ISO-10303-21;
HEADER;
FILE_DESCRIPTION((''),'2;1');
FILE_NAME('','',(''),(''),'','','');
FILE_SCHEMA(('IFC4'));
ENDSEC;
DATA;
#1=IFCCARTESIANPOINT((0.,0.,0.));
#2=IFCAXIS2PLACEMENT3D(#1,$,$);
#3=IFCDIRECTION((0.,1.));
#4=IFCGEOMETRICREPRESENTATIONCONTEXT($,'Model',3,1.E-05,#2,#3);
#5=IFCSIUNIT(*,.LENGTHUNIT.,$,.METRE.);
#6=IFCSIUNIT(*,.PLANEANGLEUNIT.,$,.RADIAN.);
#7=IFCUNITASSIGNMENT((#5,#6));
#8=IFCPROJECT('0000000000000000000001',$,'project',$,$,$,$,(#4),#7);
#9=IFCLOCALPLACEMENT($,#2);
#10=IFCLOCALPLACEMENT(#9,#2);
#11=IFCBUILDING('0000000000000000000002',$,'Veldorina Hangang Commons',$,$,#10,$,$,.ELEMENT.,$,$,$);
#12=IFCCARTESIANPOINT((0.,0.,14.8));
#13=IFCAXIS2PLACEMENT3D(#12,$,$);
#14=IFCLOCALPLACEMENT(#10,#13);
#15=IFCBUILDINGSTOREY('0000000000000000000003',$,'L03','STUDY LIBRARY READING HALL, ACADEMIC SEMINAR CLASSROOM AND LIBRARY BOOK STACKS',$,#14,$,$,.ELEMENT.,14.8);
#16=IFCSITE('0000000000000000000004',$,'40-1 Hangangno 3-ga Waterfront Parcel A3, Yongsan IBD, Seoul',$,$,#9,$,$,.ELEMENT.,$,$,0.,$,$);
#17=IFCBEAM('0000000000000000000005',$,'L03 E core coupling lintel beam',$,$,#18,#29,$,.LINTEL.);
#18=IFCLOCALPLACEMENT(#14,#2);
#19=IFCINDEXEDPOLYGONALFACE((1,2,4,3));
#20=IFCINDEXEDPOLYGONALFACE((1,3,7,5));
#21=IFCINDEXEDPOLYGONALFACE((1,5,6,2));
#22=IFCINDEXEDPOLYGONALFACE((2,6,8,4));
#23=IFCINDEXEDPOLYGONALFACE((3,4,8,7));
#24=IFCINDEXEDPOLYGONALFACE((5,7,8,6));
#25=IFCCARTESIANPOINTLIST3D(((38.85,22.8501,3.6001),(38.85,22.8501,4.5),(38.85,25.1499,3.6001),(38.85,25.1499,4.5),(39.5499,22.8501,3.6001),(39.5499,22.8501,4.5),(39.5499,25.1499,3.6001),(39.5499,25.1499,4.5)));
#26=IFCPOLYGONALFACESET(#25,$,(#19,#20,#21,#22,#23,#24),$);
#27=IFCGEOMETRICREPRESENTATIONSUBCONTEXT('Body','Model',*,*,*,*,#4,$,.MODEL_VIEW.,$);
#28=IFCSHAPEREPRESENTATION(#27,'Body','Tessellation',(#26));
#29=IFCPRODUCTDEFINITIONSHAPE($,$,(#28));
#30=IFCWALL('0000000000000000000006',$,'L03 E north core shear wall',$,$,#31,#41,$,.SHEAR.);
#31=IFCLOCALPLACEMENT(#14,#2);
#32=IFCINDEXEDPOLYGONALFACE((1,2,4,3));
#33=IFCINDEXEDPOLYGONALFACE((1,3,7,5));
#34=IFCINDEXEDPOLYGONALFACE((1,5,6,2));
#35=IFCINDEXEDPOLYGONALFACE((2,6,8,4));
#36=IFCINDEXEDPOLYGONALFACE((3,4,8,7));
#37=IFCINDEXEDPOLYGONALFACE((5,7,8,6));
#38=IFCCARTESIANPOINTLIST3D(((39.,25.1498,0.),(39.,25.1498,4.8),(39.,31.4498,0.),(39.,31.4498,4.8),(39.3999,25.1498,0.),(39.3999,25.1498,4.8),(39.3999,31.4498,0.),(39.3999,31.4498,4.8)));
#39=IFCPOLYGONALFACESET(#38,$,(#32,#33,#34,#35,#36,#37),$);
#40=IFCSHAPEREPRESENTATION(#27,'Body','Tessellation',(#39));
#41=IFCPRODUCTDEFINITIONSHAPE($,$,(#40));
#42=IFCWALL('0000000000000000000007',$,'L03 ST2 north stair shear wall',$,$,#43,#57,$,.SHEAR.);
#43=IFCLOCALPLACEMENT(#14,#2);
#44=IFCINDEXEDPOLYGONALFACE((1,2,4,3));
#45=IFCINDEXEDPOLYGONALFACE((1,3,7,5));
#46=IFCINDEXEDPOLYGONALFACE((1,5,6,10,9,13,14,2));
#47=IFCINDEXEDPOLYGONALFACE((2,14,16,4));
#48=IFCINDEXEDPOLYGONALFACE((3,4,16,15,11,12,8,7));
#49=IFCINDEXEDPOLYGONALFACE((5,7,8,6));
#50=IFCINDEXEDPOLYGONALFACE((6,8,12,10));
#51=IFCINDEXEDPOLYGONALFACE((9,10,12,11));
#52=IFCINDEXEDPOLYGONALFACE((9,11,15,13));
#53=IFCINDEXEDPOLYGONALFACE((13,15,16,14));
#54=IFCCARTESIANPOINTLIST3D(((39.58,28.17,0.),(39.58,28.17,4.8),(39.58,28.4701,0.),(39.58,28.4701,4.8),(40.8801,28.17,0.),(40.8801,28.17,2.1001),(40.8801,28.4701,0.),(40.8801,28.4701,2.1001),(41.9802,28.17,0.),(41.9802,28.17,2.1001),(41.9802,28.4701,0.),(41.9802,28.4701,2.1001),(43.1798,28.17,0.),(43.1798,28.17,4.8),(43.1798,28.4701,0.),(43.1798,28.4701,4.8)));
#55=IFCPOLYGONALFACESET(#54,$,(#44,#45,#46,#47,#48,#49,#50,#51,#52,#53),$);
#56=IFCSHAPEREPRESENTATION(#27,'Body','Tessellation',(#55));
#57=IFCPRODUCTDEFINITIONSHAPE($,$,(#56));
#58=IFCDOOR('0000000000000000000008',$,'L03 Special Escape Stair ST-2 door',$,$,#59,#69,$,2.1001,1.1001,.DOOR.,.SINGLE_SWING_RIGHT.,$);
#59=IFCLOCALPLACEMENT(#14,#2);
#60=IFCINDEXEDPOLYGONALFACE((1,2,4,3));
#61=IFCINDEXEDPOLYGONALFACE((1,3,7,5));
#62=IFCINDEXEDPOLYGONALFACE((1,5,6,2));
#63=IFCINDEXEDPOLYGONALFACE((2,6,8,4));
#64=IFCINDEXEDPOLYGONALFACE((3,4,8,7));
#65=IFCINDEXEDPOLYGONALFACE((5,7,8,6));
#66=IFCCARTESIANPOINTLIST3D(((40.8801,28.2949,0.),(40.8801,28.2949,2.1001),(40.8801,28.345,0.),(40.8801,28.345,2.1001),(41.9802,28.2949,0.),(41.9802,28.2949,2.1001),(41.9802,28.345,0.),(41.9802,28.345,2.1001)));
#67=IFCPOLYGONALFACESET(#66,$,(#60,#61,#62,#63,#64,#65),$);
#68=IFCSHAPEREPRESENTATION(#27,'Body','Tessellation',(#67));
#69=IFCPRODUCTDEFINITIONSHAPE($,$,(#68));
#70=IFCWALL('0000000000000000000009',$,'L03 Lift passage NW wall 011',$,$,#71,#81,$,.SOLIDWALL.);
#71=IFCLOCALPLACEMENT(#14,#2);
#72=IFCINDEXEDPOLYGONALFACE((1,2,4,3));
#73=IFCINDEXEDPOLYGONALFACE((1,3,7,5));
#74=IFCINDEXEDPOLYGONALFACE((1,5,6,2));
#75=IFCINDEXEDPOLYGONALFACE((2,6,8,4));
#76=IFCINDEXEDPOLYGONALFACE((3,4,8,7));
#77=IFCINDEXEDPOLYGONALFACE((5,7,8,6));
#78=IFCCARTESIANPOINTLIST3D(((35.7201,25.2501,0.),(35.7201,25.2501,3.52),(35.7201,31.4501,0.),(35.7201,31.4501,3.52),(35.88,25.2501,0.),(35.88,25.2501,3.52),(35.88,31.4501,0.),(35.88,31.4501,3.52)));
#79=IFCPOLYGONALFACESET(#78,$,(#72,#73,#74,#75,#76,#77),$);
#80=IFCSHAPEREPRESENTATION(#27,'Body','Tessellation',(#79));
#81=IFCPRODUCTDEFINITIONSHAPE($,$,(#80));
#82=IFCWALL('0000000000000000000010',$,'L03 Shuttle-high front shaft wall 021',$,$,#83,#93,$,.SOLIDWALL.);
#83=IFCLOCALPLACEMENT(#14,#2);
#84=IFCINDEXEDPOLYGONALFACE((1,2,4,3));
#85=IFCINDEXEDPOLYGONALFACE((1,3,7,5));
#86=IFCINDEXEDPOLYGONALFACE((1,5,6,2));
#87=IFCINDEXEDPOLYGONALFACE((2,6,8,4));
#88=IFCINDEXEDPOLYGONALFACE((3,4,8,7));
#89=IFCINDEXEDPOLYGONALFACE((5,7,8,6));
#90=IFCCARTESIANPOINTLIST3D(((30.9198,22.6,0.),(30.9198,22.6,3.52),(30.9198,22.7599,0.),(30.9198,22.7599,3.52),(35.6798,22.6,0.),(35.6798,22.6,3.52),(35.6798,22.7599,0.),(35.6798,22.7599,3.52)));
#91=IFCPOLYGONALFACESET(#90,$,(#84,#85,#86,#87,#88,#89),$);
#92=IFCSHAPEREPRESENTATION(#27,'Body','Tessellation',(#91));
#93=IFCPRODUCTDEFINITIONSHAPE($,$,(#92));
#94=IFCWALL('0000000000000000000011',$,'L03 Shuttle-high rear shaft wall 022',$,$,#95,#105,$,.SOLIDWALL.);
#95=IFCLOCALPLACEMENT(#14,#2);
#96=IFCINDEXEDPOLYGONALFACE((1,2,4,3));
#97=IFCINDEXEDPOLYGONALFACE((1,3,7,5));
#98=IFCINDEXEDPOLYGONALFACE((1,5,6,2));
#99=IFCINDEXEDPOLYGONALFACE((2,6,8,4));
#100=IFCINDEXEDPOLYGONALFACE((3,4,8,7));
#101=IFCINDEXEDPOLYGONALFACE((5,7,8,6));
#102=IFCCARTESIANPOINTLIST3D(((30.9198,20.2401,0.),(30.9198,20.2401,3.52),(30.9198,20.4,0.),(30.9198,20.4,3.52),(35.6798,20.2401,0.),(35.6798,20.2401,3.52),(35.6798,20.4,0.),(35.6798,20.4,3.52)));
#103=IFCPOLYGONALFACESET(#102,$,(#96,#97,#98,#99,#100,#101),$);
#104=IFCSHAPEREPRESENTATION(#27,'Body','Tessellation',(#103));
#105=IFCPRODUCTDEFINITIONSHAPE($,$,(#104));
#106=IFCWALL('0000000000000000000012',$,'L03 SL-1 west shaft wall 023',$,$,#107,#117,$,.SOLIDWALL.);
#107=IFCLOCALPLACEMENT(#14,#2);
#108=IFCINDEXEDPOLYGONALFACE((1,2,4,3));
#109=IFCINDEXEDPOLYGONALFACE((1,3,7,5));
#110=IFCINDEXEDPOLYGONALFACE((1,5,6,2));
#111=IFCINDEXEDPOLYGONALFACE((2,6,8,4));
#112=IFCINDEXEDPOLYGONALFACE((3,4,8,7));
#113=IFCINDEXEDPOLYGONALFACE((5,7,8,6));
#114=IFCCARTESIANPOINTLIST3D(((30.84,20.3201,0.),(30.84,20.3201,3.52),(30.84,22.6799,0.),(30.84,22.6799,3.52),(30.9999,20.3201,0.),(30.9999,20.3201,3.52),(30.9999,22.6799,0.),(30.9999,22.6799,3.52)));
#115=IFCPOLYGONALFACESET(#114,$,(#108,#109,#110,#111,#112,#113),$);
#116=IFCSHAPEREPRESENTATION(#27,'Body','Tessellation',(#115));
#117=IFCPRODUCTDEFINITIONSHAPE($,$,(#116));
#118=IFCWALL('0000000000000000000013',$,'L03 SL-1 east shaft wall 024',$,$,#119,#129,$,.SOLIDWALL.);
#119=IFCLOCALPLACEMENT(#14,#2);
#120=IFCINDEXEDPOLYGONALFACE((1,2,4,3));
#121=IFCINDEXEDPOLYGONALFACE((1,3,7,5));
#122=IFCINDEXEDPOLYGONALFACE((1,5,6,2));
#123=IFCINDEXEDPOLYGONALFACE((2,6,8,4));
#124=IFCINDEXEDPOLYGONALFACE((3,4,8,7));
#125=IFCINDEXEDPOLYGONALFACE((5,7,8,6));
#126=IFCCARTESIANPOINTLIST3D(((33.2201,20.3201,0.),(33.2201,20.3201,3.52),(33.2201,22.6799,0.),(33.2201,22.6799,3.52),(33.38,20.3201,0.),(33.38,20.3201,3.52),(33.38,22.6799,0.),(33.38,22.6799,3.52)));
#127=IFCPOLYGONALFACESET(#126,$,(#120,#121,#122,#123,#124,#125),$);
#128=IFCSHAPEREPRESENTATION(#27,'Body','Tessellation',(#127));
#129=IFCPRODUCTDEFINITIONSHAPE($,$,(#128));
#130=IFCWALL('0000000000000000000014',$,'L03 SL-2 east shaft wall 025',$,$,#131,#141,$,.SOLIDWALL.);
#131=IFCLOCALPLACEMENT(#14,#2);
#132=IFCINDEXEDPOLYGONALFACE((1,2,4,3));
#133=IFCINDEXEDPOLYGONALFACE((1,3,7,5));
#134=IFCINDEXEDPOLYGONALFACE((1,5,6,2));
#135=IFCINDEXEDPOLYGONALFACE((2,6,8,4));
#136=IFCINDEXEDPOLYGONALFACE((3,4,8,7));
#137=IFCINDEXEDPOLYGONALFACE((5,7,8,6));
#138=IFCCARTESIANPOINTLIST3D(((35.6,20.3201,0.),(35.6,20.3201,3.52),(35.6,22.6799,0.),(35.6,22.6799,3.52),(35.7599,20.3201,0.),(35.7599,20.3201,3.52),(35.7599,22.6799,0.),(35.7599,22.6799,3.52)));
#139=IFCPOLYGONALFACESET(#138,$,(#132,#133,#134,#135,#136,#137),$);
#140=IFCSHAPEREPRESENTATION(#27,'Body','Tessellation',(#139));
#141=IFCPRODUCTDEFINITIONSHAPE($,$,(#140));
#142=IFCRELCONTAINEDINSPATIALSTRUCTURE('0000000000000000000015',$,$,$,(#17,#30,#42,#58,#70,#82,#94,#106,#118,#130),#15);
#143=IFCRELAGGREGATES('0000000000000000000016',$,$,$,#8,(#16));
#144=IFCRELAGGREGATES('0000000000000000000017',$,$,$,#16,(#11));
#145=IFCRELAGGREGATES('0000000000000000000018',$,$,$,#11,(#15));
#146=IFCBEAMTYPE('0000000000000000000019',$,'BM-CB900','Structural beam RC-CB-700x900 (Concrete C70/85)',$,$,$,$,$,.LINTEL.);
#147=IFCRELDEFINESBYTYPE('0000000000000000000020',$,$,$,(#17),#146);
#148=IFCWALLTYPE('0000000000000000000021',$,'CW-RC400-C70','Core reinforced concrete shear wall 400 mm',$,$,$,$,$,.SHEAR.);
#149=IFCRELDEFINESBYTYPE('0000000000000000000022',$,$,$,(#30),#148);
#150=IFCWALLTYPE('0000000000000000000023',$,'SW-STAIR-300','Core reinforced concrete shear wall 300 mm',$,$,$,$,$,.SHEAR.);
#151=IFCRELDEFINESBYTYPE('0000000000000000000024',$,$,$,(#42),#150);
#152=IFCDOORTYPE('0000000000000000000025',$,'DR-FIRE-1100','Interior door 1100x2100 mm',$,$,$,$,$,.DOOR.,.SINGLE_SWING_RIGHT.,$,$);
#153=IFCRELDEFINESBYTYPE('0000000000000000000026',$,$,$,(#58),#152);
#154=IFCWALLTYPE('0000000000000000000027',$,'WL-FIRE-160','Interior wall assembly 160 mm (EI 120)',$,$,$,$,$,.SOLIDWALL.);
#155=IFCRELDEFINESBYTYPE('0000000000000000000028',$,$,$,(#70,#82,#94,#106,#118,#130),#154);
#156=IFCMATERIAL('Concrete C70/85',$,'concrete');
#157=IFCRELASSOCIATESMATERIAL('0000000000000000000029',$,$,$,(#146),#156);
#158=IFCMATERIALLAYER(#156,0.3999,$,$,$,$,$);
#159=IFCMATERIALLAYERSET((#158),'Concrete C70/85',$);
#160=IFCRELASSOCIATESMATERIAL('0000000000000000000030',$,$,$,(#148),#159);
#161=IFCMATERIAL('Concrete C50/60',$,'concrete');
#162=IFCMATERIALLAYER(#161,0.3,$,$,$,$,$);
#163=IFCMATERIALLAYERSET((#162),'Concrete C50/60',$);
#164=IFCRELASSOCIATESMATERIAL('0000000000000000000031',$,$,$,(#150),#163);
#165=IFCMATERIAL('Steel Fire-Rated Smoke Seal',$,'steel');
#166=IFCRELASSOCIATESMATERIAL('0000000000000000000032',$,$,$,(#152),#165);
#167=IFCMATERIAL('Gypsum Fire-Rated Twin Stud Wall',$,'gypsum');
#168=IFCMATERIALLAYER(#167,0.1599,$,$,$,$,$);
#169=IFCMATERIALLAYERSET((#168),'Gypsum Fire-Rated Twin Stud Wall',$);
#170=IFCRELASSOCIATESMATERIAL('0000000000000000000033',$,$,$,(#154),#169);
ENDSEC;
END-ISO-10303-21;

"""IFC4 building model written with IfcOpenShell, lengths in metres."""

from ifc_helpers import new_model, si_unit, direction, frame, frame_2d, origin, origin_2d, place, context, subcontext, project, spatial, rectangle, extrude, material, layer, layer_set, material_profile, profile_set, type_object, element, fill, save


model = new_model("IFC4")

# Units and contexts
model_context = context("Model", 3, precision=1e-05, world=origin(), true_north=direction((0.0, 1.0)))
body_context = subcontext(model_context, "Body", "Model", "MODEL_VIEW")
ifc_project = project(units=[si_unit("LENGTHUNIT", "METRE"), si_unit("PLANEANGLEUNIT", "RADIAN")], contexts=[model_context])

# Site, building, storey
site_placement = place(None, origin())
site = spatial("IfcSite", under=ifc_project, at=site_placement, Name="40-1 Hangangno 3-ga Waterfront Parcel A3, Yongsan IBD, Seoul", CompositionType="ELEMENT", RefElevation=0.0)
building_placement = place(site_placement, origin())
building = spatial("IfcBuilding", under=site, at=building_placement, Name="Veldorina Hangang Commons", CompositionType="ELEMENT")
storey_placement = place(building_placement, frame((0.0, 0.0, 14.8)))
storey = spatial("IfcBuildingStorey", under=building, at=storey_placement, Name="L03", Description="STUDY LIBRARY READING HALL, ACADEMIC SEMINAR CLASSROOM AND LIBRARY BOOK STACKS", CompositionType="ELEMENT", Elevation=14.8)

# Beam
ifc_material_1 = material(Name="Concrete C70/85", Category="concrete")
ifc_material_profile = material_profile(ifc_material_1, rectangle(XDim=0.7, YDim=0.8999, at=origin_2d()), Name="RC-CB-700x900")
ifc_profile_set = profile_set([ifc_material_profile], Name="Concrete C70/85")
beam_type = type_object("IfcBeamType", Name="BM-CB900", Description="Structural beam RC-CB-700x900 (Concrete C70/85)", PredefinedType="LINTEL", material=ifc_profile_set)
beam_placement = place(storey_placement, frame((39.2, 22.8501, 4.05), z_axis=(0.0, 1.0, 0.0), x_axis=(-1.0, 0.0, 0.0)))
element("IfcBeam", 1, at=beam_placement, inside=storey, type_object=beam_type, Name="L03 E core coupling lintel beam", PredefinedType="LINTEL", context=body_context, shape_type="SweptSolid", body=[
    extrude(rectangle(XDim=0.7, YDim=0.8999, at=origin_2d()), origin(), (0.0, 0.0, 1.0), 2.2998),
])

# Wall
ifc_layer_1 = layer(ifc_material_1, 0.3999)
ifc_layer_set_1 = layer_set([ifc_layer_1], Name="Concrete C70/85")
wall_type_1 = type_object("IfcWallType", Name="CW-RC400-C70", Description="Core reinforced concrete shear wall 400 mm", PredefinedType="SHEAR", material=ifc_layer_set_1)
wall_1_placement = place(storey_placement, frame((39.2, 25.1499, 0.0), z_axis=(0.0, 0.0, 1.0), x_axis=(0.0, 1.0, 0.0)))
element("IfcWall", 2, at=wall_1_placement, inside=storey, type_object=wall_type_1, Name="L03 E north core shear wall", PredefinedType="SHEAR", context=body_context, shape_type="SweptSolid", body=[
    extrude(rectangle(XDim=6.3, YDim=0.3999, at=frame_2d((3.1499, 0.0))), origin(), (0.0, 0.0, 1.0), 4.8),
])

# Wall, opening, door
ifc_material_2 = material(Name="Concrete C50/60", Category="concrete")
ifc_layer_2 = layer(ifc_material_2, 0.3)
ifc_layer_set_2 = layer_set([ifc_layer_2], Name="Concrete C50/60")
wall_type_2 = type_object("IfcWallType", Name="SW-STAIR-300", Description="Core reinforced concrete shear wall 300 mm", PredefinedType="SHEAR", material=ifc_layer_set_2)
wall_2_placement = place(storey_placement, frame((39.5801, 28.3201, 0.0), z_axis=(0.0, 0.0, 1.0), x_axis=(1.0, 0.0, 0.0)))
wall_2 = element("IfcWall", 3, at=wall_2_placement, inside=storey, type_object=wall_type_2, Name="L03 ST2 north stair shear wall", PredefinedType="SHEAR", context=body_context, shape_type="SweptSolid", body=[
    extrude(rectangle(XDim=3.5999, YDim=0.3, at=frame_2d((1.7998, 0.0))), origin(), (0.0, 0.0, 1.0), 4.8),
])
opening_1_placement = place(wall_2_placement, frame((1.3, 0.0, 0.0)))
opening_1 = element("IfcOpeningElement", 4, at=opening_1_placement, cuts=wall_2, PredefinedType="OPENING", context=body_context, shape_type="SweptSolid", body=[
    extrude(rectangle(XDim=1.1001, YDim=2.1001, at=frame_2d((0.55, 1.05))), frame((0.0, 0.1602, 0.0), z_axis=(0.0, -1.0, 0.0), x_axis=(1.0, 0.0, 0.0)), (0.0, 0.0, 1.0), 0.3201),
])
ifc_material_3 = material(Name="Steel Fire-Rated Smoke Seal", Category="steel")
door_type_1 = type_object("IfcDoorType", Name="DR-FIRE-1100", Description="Interior door 1100x2100 mm", OperationType="SINGLE_SWING_RIGHT", PredefinedType="DOOR", material=ifc_material_3)
door_1_placement = place(opening_1_placement, origin())
door_1 = element("IfcDoor", 5, at=door_1_placement, inside=storey, type_object=door_type_1, Name="L03 Special Escape Stair ST-2 door", OperationType="SINGLE_SWING_RIGHT", OverallHeight=2.1001, OverallWidth=1.1001, PredefinedType="DOOR", context=body_context, shape_type="SweptSolid", body=[
    extrude(rectangle(XDim=1.1001, YDim=2.1001, at=frame_2d((0.55, 1.05))), frame((0.0, 0.0249, 0.0), z_axis=(0.0, -1.0, 0.0), x_axis=(1.0, 0.0, 0.0)), (0.0, 0.0, 1.0), 0.05),
])
fill(opening_1, door_1)

# Walls
ifc_material_4 = material(Name="Gypsum Fire-Rated Twin Stud Wall", Category="gypsum")
ifc_layer_3 = layer(ifc_material_4, 0.1599)
ifc_layer_set_3 = layer_set([ifc_layer_3], Name="Gypsum Fire-Rated Twin Stud Wall")
wall_type_3 = type_object("IfcWallType", Name="WL-FIRE-160", Description="Interior wall assembly 160 mm (EI 120)", PredefinedType="SOLIDWALL", material=ifc_layer_set_3)
wall_3_placement = place(storey_placement, frame((35.8, 25.25, 0.0), z_axis=(0.0, 0.0, 1.0), x_axis=(0.0, 1.0, 0.0)))
element("IfcWall", 6, at=wall_3_placement, inside=storey, type_object=wall_type_3, Name="L03 Lift passage NW wall 011", PredefinedType="SOLIDWALL", context=body_context, shape_type="SweptSolid", body=[
    extrude(rectangle(XDim=6.2, YDim=0.1599, at=frame_2d((3.1001, 0.0))), origin(), (0.0, 0.0, 1.0), 3.52),
])
for number, where, z_axis, x_axis, name in (
    (7, (30.9199, 22.6799, 0.0), (0.0, 0.0, 1.0), (1.0, 0.0, 0.0), "L03 Shuttle-high front shaft wall 021"),
    (8, (30.9199, 20.3201, 0.0), (0.0, 0.0, 1.0), (1.0, 0.0, 0.0), "L03 Shuttle-high rear shaft wall 022"),
):
    element("IfcWall", number, at=place(storey_placement, frame(where, z_axis=z_axis, x_axis=x_axis)), inside=storey, type_object=wall_type_3, Name=name, PredefinedType="SOLIDWALL", context=body_context, shape_type="SweptSolid", body=[
        extrude(rectangle(XDim=4.76, YDim=0.1599, at=frame_2d((2.3799, 0.0))), origin(), (0.0, 0.0, 1.0), 3.52),
    ])
for number, where, z_axis, x_axis, name in (
    (9, (30.9199, 20.3201, 0.0), (0.0, 0.0, 1.0), (0.0, 1.0, 0.0), "L03 SL-1 west shaft wall 023"),
    (10, (33.3, 20.3201, 0.0), (0.0, 0.0, 1.0), (0.0, 1.0, 0.0), "L03 SL-1 east shaft wall 024"),
    (11, (35.6799, 20.3201, 0.0), (0.0, 0.0, 1.0), (0.0, 1.0, 0.0), "L03 SL-2 east shaft wall 025"),
):
    element("IfcWall", number, at=place(storey_placement, frame(where, z_axis=z_axis, x_axis=x_axis)), inside=storey, type_object=wall_type_3, Name=name, PredefinedType="SOLIDWALL", context=body_context, shape_type="SweptSolid", body=[
        extrude(rectangle(XDim=2.3599, YDim=0.1599, at=frame_2d((1.1799, 0.0))), origin(), (0.0, 0.0, 1.0), 3.52),
    ])

save(model, "model.ifc")
